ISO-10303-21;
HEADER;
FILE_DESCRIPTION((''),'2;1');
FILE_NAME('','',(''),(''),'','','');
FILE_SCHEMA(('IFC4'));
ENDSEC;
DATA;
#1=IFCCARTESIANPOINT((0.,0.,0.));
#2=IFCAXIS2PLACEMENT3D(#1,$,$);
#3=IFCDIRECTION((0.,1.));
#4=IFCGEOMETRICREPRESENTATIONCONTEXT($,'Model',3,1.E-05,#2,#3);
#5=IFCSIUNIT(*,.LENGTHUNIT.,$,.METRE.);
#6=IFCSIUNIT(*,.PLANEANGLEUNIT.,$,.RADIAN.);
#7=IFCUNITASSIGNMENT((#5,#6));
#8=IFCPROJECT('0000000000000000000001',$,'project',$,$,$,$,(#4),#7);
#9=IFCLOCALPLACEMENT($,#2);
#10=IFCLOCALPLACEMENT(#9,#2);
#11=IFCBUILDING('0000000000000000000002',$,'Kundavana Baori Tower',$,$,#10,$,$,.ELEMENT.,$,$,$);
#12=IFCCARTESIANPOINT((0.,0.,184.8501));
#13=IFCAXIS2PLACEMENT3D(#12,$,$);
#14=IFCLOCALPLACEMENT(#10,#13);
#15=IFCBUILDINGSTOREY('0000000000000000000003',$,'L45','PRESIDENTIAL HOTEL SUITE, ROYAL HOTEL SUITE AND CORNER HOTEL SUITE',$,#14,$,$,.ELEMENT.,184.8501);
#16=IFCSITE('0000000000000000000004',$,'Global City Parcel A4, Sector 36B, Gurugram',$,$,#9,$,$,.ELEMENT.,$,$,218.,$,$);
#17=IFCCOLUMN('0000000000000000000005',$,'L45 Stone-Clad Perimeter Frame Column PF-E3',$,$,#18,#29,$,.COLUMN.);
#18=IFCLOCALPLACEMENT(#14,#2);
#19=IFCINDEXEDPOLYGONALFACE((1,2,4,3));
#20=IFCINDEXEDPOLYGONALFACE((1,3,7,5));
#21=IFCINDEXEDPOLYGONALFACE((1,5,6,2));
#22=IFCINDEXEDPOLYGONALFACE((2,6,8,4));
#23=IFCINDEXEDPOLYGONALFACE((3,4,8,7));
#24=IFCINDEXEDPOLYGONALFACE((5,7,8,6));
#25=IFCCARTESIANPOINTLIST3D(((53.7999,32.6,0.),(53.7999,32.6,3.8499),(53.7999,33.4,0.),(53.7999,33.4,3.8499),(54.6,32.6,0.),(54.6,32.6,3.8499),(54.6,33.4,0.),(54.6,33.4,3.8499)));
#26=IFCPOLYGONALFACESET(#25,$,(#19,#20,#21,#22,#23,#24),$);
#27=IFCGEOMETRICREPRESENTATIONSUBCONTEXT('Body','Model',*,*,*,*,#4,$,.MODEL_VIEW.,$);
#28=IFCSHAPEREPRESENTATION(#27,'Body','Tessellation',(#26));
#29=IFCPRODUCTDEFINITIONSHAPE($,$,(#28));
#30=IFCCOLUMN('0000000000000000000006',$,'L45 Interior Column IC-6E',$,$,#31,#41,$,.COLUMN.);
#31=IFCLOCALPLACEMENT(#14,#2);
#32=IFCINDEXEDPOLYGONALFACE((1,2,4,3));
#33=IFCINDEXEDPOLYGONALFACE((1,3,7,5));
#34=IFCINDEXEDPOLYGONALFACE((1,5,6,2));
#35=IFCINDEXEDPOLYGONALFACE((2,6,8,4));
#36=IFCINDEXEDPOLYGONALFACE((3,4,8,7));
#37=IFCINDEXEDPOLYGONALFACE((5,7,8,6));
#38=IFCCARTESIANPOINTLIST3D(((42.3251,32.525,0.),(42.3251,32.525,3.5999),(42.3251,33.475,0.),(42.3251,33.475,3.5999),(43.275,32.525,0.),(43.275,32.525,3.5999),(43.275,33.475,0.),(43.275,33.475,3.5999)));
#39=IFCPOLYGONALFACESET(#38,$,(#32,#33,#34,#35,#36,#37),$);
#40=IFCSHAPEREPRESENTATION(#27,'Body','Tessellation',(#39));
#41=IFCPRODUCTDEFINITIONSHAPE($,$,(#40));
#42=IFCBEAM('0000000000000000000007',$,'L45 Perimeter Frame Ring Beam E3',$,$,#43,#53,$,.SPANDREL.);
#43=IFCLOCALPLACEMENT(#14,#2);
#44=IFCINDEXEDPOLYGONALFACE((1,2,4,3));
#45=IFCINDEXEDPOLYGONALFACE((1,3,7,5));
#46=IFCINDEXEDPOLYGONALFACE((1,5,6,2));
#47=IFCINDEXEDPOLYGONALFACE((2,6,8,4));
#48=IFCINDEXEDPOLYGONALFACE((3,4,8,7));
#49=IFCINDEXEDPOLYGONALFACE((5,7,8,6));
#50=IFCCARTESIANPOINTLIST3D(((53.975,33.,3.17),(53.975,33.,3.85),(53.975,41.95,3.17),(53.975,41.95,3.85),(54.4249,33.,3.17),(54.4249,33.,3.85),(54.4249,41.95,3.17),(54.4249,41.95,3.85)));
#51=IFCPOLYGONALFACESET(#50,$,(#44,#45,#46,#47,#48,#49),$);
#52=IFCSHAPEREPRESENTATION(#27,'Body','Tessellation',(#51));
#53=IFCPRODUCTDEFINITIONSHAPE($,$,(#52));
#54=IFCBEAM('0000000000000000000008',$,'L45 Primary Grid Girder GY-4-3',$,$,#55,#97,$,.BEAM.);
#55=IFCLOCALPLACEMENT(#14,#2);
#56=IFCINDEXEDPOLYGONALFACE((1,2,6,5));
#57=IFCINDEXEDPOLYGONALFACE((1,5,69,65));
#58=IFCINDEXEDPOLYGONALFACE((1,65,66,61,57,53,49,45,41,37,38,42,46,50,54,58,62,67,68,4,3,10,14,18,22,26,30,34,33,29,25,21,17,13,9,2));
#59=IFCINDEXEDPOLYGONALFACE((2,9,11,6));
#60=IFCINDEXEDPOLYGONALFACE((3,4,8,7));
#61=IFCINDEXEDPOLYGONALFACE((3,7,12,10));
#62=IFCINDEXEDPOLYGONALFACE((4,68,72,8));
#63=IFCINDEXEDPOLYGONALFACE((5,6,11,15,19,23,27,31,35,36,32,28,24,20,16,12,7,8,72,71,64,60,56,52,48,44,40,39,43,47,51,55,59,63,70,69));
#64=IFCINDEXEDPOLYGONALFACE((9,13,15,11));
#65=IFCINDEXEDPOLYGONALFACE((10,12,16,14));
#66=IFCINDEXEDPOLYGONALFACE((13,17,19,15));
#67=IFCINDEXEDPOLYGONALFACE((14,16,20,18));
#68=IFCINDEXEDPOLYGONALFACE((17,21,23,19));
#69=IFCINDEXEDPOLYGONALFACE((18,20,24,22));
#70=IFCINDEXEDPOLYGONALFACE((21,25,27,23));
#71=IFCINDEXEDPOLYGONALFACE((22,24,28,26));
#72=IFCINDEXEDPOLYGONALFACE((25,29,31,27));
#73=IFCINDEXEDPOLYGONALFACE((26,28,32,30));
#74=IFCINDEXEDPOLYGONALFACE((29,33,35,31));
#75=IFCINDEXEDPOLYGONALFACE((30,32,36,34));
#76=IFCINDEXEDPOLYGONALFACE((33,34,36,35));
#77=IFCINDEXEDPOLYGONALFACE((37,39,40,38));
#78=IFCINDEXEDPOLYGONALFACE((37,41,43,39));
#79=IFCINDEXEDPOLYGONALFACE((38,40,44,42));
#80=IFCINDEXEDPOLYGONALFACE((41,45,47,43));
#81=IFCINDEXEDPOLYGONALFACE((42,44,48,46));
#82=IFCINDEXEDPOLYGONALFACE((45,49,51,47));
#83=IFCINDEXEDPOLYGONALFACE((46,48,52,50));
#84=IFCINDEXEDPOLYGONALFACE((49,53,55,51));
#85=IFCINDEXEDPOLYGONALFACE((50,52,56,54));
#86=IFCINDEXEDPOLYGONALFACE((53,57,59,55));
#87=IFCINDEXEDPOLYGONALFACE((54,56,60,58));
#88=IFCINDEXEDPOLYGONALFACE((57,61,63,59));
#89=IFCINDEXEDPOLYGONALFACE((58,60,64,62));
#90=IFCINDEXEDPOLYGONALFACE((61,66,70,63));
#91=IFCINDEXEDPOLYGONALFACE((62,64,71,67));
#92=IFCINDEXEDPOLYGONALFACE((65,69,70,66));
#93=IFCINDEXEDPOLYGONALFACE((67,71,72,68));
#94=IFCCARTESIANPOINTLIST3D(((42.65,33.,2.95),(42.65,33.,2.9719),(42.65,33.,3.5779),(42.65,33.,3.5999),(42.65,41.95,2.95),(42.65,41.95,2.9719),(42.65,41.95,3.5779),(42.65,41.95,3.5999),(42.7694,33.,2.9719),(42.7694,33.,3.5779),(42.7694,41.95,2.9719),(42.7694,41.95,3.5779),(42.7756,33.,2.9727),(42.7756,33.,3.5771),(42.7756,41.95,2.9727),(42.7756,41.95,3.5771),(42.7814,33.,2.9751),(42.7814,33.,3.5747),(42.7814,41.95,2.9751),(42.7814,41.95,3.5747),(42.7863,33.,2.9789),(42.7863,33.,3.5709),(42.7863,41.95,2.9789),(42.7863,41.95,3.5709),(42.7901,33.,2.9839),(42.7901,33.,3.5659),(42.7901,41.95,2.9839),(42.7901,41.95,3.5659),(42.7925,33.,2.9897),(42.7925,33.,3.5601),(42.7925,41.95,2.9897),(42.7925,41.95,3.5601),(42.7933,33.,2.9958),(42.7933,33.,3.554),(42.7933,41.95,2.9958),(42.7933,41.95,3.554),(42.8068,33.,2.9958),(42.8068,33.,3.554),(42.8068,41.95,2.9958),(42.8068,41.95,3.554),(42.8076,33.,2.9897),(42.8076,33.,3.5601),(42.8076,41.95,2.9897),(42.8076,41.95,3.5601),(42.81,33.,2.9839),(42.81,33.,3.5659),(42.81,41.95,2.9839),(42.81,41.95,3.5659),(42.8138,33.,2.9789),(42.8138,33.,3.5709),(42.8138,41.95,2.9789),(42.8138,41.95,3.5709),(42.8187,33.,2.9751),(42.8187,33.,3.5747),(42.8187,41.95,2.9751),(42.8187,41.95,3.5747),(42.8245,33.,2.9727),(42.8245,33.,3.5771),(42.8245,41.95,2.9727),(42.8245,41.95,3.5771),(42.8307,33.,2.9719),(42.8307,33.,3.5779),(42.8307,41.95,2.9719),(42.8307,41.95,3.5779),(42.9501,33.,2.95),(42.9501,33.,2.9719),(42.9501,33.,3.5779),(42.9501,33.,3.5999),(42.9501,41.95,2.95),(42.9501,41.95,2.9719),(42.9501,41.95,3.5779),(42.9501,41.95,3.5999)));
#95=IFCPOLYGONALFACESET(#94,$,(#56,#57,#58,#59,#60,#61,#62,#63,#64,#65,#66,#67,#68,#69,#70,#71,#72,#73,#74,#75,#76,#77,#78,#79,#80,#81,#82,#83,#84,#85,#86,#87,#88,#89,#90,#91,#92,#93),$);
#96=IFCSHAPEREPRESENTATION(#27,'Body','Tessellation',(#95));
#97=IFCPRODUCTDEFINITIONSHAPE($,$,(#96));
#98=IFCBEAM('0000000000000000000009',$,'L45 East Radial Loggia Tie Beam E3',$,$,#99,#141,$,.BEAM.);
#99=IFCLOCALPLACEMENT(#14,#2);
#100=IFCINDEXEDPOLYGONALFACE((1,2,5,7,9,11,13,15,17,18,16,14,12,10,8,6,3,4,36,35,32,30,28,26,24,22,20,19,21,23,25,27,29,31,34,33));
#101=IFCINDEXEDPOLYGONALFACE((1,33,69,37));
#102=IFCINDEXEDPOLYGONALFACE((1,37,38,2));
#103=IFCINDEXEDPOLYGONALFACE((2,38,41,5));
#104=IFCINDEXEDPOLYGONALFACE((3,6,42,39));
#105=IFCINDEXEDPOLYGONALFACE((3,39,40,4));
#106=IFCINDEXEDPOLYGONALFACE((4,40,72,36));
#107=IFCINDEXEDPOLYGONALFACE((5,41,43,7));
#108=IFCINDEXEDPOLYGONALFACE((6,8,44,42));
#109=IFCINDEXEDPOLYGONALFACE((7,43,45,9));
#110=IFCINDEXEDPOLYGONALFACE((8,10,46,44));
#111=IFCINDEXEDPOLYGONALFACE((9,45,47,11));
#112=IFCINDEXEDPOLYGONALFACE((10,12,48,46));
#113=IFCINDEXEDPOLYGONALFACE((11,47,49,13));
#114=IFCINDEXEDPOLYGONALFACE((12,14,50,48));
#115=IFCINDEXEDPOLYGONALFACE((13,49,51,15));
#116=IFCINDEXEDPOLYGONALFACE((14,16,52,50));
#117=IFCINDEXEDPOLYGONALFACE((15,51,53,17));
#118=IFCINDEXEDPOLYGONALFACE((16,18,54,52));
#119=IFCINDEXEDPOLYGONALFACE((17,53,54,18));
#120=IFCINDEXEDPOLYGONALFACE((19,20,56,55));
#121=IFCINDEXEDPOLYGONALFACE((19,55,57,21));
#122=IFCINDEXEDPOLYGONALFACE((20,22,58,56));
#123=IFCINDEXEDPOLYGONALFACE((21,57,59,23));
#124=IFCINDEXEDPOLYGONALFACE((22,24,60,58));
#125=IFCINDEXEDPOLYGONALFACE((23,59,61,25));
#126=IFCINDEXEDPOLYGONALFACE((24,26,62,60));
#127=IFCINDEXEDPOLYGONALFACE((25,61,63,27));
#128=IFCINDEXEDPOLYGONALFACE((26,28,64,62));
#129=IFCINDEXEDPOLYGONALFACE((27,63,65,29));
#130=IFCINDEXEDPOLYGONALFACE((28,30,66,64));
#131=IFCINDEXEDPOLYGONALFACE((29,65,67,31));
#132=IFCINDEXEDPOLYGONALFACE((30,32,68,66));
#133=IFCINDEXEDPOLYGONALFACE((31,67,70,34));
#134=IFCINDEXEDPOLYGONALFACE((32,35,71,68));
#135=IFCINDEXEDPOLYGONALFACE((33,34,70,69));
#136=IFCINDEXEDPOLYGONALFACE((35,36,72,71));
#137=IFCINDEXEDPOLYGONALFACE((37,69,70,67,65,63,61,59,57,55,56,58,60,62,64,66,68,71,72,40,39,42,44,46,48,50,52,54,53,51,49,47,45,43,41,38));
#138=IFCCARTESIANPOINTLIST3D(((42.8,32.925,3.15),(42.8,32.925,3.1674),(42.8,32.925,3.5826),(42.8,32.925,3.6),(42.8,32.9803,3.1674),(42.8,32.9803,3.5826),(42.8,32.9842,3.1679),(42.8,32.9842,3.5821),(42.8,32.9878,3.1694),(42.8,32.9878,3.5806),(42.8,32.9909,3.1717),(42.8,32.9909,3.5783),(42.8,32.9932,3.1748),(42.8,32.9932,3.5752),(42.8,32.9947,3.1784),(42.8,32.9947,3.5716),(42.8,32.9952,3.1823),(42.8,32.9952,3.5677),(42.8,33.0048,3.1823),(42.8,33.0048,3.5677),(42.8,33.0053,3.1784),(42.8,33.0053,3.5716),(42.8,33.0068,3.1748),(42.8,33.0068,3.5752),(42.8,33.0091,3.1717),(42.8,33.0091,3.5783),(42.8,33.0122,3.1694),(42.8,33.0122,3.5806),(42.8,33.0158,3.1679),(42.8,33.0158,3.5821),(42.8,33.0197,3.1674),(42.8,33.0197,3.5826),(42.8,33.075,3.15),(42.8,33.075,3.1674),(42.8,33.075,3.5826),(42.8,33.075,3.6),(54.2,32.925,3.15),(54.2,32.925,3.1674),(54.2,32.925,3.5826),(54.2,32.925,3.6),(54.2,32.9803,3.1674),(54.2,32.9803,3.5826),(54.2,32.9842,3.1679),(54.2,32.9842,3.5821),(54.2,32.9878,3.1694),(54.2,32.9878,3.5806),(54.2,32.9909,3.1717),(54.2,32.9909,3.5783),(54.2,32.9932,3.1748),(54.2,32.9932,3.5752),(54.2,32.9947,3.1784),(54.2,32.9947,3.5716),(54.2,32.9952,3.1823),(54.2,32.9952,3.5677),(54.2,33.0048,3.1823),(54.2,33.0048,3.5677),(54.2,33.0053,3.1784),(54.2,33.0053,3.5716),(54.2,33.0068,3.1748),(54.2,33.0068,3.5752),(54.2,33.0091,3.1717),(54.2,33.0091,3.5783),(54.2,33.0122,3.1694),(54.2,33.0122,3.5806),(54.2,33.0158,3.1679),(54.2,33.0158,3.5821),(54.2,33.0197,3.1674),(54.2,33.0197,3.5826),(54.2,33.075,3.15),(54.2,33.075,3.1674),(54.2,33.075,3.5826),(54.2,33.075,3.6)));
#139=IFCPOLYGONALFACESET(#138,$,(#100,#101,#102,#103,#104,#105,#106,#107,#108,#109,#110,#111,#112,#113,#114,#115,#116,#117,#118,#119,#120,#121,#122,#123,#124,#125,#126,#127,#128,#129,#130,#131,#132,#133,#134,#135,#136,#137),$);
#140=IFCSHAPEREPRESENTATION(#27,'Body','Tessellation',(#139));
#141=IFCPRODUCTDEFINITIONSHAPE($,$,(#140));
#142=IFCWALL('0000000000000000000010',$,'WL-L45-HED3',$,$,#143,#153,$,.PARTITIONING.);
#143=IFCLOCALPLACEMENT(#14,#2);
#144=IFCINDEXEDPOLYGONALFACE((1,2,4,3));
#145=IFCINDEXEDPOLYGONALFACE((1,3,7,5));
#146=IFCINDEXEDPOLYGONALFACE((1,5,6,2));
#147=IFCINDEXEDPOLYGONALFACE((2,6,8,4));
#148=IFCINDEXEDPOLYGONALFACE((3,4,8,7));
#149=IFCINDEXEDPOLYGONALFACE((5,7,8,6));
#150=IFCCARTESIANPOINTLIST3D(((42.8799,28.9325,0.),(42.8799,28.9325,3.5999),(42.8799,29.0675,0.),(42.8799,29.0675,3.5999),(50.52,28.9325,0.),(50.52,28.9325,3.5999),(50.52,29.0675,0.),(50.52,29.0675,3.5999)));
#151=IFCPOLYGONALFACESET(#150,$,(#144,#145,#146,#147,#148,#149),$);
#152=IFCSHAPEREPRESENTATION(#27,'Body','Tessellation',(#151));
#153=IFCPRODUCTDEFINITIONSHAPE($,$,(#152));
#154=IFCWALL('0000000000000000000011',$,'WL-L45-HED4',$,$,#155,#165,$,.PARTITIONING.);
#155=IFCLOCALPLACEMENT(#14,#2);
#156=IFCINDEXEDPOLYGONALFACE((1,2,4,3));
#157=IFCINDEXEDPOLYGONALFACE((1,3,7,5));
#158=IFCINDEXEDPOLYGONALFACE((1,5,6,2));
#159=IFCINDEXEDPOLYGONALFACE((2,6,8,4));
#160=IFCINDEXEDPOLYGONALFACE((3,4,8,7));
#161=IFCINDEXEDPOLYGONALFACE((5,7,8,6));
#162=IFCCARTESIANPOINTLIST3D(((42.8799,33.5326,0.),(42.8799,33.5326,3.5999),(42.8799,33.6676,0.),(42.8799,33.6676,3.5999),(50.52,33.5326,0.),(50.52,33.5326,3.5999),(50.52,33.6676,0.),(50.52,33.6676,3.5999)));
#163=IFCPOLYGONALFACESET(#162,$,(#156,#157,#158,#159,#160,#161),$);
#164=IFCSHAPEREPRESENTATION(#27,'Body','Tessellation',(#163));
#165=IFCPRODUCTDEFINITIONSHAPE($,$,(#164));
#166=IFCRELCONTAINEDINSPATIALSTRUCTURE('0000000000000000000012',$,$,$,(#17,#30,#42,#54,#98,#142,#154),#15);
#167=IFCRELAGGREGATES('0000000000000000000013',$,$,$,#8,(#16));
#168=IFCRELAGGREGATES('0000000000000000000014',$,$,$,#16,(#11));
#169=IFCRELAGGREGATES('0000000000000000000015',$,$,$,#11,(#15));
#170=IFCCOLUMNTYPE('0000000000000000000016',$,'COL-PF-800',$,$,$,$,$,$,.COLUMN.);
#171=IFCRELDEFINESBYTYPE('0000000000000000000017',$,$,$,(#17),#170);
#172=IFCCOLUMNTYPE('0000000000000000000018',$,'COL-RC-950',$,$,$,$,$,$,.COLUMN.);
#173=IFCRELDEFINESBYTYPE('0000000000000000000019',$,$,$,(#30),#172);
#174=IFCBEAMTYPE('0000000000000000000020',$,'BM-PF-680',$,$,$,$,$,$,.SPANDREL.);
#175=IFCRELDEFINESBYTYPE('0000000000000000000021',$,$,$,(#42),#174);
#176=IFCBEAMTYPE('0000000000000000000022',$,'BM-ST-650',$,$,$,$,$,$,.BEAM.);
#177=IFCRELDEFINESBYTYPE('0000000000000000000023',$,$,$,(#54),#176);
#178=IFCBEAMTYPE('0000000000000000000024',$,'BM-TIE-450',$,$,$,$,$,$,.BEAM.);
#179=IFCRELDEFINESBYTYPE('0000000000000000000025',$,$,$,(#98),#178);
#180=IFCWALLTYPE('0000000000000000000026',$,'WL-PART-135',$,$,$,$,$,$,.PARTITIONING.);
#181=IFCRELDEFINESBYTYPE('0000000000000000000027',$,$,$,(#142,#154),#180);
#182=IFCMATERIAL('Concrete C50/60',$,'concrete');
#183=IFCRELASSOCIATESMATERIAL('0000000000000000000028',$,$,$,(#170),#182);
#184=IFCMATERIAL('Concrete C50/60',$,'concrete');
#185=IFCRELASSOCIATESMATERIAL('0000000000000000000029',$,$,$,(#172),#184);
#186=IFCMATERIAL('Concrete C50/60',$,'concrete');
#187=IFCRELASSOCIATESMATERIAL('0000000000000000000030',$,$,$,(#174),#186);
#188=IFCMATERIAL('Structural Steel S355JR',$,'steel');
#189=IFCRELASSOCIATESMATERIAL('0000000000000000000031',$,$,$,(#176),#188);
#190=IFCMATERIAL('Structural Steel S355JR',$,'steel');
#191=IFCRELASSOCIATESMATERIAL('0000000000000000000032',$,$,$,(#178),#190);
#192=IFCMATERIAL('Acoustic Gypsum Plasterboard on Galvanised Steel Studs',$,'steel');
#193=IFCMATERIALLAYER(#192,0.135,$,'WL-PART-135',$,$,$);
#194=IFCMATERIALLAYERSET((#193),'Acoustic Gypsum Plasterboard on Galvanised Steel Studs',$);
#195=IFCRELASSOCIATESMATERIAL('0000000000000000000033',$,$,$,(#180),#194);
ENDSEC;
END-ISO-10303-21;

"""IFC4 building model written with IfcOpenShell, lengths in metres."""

from ifc_helpers import new_model, si_unit, direction, frame, frame_2d, origin, origin_2d, place, context, subcontext, project, spatial, rectangle, i_section, extrude, material, layer, layer_set, material_profile, profile_set, type_object, element, save


model = new_model("IFC4")

# Units and contexts
model_context = context("Model", 3, precision=1e-05, world=origin(), true_north=direction((0.0, 1.0)))
body_context = subcontext(model_context, "Body", "Model", "MODEL_VIEW")
ifc_project = project(units=[si_unit("LENGTHUNIT", "METRE"), si_unit("PLANEANGLEUNIT", "RADIAN")], contexts=[model_context])

# Site, building, storey
site_placement = place(None, origin())
site = spatial("IfcSite", under=ifc_project, at=site_placement, Name="Global City Parcel A4, Sector 36B, Gurugram", CompositionType="ELEMENT", RefElevation=218.0)
building_placement = place(site_placement, origin())
building = spatial("IfcBuilding", under=site, at=building_placement, Name="Kundavana Baori Tower", CompositionType="ELEMENT")
storey_placement = place(building_placement, frame((0.0, 0.0, 184.8501)))
storey = spatial("IfcBuildingStorey", under=building, at=storey_placement, Name="L45", Description="PRESIDENTIAL HOTEL SUITE, ROYAL HOTEL SUITE AND CORNER HOTEL SUITE", CompositionType="ELEMENT", Elevation=184.8501)

# Columns
ifc_material_1 = material(Name="Concrete C50/60", Category="concrete")
ifc_material_profile_1 = material_profile(ifc_material_1, rectangle(XDim=0.8, YDim=0.8, at=origin_2d()), Name="RC PF 800x800")
ifc_profile_set_1 = profile_set([ifc_material_profile_1], Name="Concrete C50/60")
column_type_1 = type_object("IfcColumnType", Name="COL-PF-800", PredefinedType="COLUMN", material=ifc_profile_set_1)
column_1_placement = place(storey_placement, frame((54.2, 33.0, 0.0), z_axis=(0.0, 0.0, 1.0), x_axis=(1.0, 0.0, 0.0)))
element("IfcColumn", 1, at=column_1_placement, inside=storey, type_object=column_type_1, Name="L45 Stone-Clad Perimeter Frame Column PF-E3", PredefinedType="COLUMN", context=body_context, shape_type="SweptSolid", body=[
    extrude(rectangle(XDim=0.8, YDim=0.8, at=origin_2d()), origin(), (0.0, 0.0, 1.0), 3.8499),
])
ifc_material_2 = material(Name="Concrete C50/60", Category="concrete")
ifc_material_profile_2 = material_profile(ifc_material_2, rectangle(XDim=0.95, YDim=0.95, at=origin_2d()), Name="RC 950x950")
ifc_profile_set_2 = profile_set([ifc_material_profile_2], Name="Concrete C50/60")
column_type_2 = type_object("IfcColumnType", Name="COL-RC-950", PredefinedType="COLUMN", material=ifc_profile_set_2)
column_2_placement = place(storey_placement, frame((42.8, 33.0, 0.0), z_axis=(0.0, 0.0, 1.0), x_axis=(1.0, 0.0, 0.0)))
element("IfcColumn", 2, at=column_2_placement, inside=storey, type_object=column_type_2, Name="L45 Interior Column IC-6E", PredefinedType="COLUMN", context=body_context, shape_type="SweptSolid", body=[
    extrude(rectangle(XDim=0.95, YDim=0.95, at=origin_2d()), origin(), (0.0, 0.0, 1.0), 3.5999),
])

# Beams
ifc_material_3 = material(Name="Concrete C50/60", Category="concrete")
ifc_material_profile_3 = material_profile(ifc_material_3, rectangle(XDim=0.45, YDim=0.6799, at=origin_2d()), Name="RC BM 450x680")
ifc_profile_set_3 = profile_set([ifc_material_profile_3], Name="Concrete C50/60")
beam_type_1 = type_object("IfcBeamType", Name="BM-PF-680", PredefinedType="SPANDREL", material=ifc_profile_set_3)
beam_1_placement = place(storey_placement, frame((54.2, 33.0, 3.51), z_axis=(0.0, 1.0, 0.0), x_axis=(-1.0, 0.0, 0.0)))
element("IfcBeam", 3, at=beam_1_placement, inside=storey, type_object=beam_type_1, Name="L45 Perimeter Frame Ring Beam E3", PredefinedType="SPANDREL", context=body_context, shape_type="SweptSolid", body=[
    extrude(rectangle(XDim=0.45, YDim=0.6799, at=origin_2d()), origin(), (0.0, 0.0, 1.0), 8.95),
])
ifc_material_4 = material(Name="Structural Steel S355JR", Category="steel")
ifc_material_profile_4 = material_profile(ifc_material_4, i_section(OverallWidth=0.3, OverallDepth=0.6499, WebThickness=0.0134, FlangeThickness=0.022, FilletRadius=0.0239, at=origin_2d()), Name="NPB 650x300x155")
ifc_profile_set_4 = profile_set([ifc_material_profile_4], Name="Structural Steel S355JR")
beam_type_2 = type_object("IfcBeamType", Name="BM-ST-650", PredefinedType="BEAM", material=ifc_profile_set_4)
beam_2_placement = place(storey_placement, frame((42.8, 33.0, 3.2749), z_axis=(0.0, 1.0, 0.0), x_axis=(-1.0, 0.0, 0.0)))
element("IfcBeam", 4, at=beam_2_placement, inside=storey, type_object=beam_type_2, Name="L45 Primary Grid Girder GY-4-3", PredefinedType="BEAM", context=body_context, shape_type="SweptSolid", body=[
    extrude(i_section(OverallWidth=0.3, OverallDepth=0.6499, WebThickness=0.0134, FlangeThickness=0.022, FilletRadius=0.0239, at=origin_2d()), origin(), (0.0, 0.0, 1.0), 8.95),
])
ifc_material_5 = material(Name="Structural Steel S355JR", Category="steel")
ifc_material_profile_5 = material_profile(ifc_material_5, i_section(OverallWidth=0.1499, OverallDepth=0.45, WebThickness=0.0095, FlangeThickness=0.0173, FilletRadius=0.0149, at=origin_2d()), Name="ISMB 450")
ifc_profile_set_5 = profile_set([ifc_material_profile_5], Name="Structural Steel S355JR")
beam_type_3 = type_object("IfcBeamType", Name="BM-TIE-450", PredefinedType="BEAM", material=ifc_profile_set_5)
beam_3_placement = place(storey_placement, frame((42.8, 33.0, 3.375), z_axis=(1.0, 0.0, 0.0), x_axis=(0.0, 1.0, 0.0)))
element("IfcBeam", 5, at=beam_3_placement, inside=storey, type_object=beam_type_3, Name="L45 East Radial Loggia Tie Beam E3", PredefinedType="BEAM", context=body_context, shape_type="SweptSolid", body=[
    extrude(i_section(OverallWidth=0.1499, OverallDepth=0.45, WebThickness=0.0095, FlangeThickness=0.0173, FilletRadius=0.0149, at=origin_2d()), origin(), (0.0, 0.0, 1.0), 11.3999),
])

# Walls
ifc_material_6 = material(Name="Acoustic Gypsum Plasterboard on Galvanised Steel Studs", Category="steel")
ifc_layer_1 = layer(ifc_material_6, 0.135, Name="WL-PART-135")
ifc_layer_set_1 = layer_set([ifc_layer_1], Name="Acoustic Gypsum Plasterboard on Galvanised Steel Studs")
wall_type_1 = type_object("IfcWallType", Name="WL-PART-135", PredefinedType="PARTITIONING", material=ifc_layer_set_1)
for number, where, z_axis, x_axis, name in (
    (6, (42.8799, 29.0, 0.0), (0.0, 0.0, 1.0), (1.0, 0.0, 0.0), "WL-L45-HED3"),
    (7, (42.8799, 33.6001, 0.0), (0.0, 0.0, 1.0), (1.0, 0.0, 0.0), "WL-L45-HED4"),
):
    element("IfcWall", number, at=place(storey_placement, frame(where, z_axis=z_axis, x_axis=x_axis)), inside=storey, type_object=wall_type_1, Name=name, PredefinedType="PARTITIONING", context=body_context, shape_type="SweptSolid", body=[
        extrude(rectangle(XDim=7.6401, YDim=0.135, at=frame_2d((3.8201, 0.0))), origin(), (0.0, 0.0, 1.0), 3.5999),
    ])

save(model, "model.ifc")
